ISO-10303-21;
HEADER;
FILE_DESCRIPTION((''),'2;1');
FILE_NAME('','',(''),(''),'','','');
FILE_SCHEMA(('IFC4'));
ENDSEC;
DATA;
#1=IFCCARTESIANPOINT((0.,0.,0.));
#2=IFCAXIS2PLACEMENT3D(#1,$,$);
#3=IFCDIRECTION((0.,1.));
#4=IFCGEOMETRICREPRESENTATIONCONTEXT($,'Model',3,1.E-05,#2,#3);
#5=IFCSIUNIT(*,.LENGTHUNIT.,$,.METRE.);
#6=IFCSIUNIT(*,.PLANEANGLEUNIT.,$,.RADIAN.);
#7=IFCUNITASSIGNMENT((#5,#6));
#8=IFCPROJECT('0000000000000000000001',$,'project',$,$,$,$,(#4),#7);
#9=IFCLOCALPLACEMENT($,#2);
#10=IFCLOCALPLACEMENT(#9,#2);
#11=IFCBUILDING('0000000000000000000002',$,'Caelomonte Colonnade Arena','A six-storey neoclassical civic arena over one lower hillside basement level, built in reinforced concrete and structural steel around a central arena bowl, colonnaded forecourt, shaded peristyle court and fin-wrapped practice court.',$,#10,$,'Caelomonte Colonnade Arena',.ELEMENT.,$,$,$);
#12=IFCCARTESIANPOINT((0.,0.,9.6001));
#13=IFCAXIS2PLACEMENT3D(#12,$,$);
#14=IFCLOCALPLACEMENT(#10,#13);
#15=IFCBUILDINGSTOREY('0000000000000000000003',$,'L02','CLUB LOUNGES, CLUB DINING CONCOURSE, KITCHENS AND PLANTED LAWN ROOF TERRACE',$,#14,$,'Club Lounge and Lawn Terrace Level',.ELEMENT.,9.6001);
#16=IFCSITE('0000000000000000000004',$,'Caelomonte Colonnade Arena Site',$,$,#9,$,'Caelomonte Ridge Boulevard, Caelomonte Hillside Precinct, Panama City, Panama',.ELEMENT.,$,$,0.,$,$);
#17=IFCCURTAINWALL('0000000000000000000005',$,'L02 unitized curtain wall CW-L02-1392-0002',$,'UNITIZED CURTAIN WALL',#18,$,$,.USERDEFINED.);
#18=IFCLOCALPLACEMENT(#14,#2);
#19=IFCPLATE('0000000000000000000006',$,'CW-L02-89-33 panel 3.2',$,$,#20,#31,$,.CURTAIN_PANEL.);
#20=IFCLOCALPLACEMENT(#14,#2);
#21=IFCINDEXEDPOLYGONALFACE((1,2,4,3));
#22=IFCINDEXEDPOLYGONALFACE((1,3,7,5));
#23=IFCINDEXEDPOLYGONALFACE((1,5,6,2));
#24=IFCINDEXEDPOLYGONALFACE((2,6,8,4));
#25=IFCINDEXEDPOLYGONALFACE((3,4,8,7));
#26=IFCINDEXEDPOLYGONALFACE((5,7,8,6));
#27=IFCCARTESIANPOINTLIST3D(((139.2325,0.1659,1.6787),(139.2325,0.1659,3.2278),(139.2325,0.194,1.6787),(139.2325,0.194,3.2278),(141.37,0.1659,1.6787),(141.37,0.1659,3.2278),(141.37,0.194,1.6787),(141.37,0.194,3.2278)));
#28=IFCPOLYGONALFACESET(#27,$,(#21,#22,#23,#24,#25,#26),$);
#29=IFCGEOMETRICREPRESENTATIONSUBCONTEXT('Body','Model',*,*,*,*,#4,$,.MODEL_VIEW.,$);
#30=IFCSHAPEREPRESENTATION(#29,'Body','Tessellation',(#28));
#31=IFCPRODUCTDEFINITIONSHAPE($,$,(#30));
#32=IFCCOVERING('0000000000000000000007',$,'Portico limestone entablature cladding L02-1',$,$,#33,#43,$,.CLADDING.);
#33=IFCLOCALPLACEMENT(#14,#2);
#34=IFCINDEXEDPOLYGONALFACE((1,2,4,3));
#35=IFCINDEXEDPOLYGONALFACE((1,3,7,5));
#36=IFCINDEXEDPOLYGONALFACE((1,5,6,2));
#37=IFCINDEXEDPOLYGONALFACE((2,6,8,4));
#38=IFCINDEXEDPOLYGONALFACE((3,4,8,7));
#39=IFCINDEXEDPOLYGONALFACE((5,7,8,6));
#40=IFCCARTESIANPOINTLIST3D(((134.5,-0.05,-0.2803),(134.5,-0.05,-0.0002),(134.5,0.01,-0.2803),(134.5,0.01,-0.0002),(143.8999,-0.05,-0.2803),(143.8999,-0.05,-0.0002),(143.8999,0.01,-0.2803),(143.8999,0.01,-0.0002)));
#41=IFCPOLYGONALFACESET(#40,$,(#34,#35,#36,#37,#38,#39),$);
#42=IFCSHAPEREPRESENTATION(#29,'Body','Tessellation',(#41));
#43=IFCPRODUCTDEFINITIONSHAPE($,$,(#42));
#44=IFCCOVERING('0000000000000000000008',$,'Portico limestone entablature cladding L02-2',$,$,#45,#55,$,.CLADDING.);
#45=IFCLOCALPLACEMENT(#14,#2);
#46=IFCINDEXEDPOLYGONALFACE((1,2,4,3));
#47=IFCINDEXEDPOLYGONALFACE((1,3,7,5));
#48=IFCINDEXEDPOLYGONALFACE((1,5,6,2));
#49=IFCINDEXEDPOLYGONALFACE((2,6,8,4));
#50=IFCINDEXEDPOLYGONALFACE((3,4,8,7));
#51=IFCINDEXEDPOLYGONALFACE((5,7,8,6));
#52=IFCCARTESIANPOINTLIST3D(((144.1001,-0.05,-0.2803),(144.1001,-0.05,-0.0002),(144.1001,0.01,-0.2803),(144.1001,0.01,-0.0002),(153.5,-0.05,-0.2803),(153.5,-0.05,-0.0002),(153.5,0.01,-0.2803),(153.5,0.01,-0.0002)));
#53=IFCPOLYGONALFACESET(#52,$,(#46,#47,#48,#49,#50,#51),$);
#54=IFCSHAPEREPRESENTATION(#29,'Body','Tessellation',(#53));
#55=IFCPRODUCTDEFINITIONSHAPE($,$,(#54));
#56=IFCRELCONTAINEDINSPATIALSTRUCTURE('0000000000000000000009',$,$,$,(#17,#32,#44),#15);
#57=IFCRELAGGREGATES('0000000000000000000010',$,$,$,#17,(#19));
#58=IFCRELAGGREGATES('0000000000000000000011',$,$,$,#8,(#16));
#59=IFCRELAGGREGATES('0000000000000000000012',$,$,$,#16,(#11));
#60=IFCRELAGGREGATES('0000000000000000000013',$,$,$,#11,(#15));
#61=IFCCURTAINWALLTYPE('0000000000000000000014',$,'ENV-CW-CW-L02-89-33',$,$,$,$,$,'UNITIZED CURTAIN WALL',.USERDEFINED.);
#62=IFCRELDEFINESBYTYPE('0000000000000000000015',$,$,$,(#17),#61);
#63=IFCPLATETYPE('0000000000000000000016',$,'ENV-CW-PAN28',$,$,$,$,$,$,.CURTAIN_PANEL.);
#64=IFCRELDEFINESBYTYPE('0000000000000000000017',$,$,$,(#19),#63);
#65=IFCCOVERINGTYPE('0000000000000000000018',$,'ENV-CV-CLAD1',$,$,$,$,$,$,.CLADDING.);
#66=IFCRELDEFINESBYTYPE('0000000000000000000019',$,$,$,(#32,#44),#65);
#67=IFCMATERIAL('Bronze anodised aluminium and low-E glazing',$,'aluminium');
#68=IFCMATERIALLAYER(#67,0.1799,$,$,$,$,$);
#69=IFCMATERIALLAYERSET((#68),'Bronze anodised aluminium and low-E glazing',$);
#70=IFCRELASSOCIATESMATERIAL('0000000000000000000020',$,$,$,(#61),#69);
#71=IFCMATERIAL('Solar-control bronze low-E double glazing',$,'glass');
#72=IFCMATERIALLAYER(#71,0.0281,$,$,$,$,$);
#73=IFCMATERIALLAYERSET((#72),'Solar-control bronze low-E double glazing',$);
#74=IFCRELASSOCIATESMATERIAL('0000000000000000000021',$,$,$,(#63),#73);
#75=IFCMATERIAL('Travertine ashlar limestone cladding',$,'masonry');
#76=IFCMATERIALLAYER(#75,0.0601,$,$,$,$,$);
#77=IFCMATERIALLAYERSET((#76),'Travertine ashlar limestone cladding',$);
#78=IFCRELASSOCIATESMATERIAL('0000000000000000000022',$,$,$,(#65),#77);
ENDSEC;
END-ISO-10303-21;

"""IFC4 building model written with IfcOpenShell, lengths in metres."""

from ifc_helpers import new_model, si_unit, direction, frame, origin, origin_2d, place, context, subcontext, project, spatial, rectangle, extrude, material, layer, layer_set, type_object, element, aggregate, save


model = new_model("IFC4")

# Units and contexts
model_context = context("Model", 3, precision=1e-05, world=origin(), true_north=direction((0.0, 1.0)))
body_context = subcontext(model_context, "Body", "Model", "MODEL_VIEW")
ifc_project = project(units=[si_unit("LENGTHUNIT", "METRE"), si_unit("PLANEANGLEUNIT", "RADIAN")], contexts=[model_context])

# Site, building, storey
site_placement = place(None, origin())
site = spatial("IfcSite", under=ifc_project, at=site_placement, Name="Caelomonte Colonnade Arena Site", LongName="Caelomonte Ridge Boulevard, Caelomonte Hillside Precinct, Panama City, Panama", CompositionType="ELEMENT", RefElevation=0.0)
building_placement = place(site_placement, origin())
building = spatial("IfcBuilding", under=site, at=building_placement, Name="Caelomonte Colonnade Arena", Description="A six-storey neoclassical civic arena over one lower hillside basement level, built in reinforced concrete and structural steel around a central arena bowl, colonnaded forecourt, shaded peristyle court and fin-wrapped practice court.", LongName="Caelomonte Colonnade Arena", CompositionType="ELEMENT")
storey_placement = place(building_placement, frame((0.0, 0.0, 9.6001)))
storey = spatial("IfcBuildingStorey", under=building, at=storey_placement, Name="L02", Description="CLUB LOUNGES, CLUB DINING CONCOURSE, KITCHENS AND PLANTED LAWN ROOF TERRACE", LongName="Club Lounge and Lawn Terrace Level", CompositionType="ELEMENT", Elevation=9.6001)

# Curtain wall
ifc_material_1 = material(Name="Bronze anodised aluminium and low-E glazing", Category="aluminium")
ifc_layer_1 = layer(ifc_material_1, 0.1799)
ifc_layer_set_1 = layer_set([ifc_layer_1], Name="Bronze anodised aluminium and low-E glazing")
curtain_wall_type = type_object("IfcCurtainWallType", Name="ENV-CW-CW-L02-89-33", ElementType="UNITIZED CURTAIN WALL", PredefinedType="USERDEFINED", material=ifc_layer_set_1)
curtain_wall_placement = place(storey_placement, origin())
curtain_wall = element("IfcCurtainWall", 1, at=curtain_wall_placement, inside=storey, type_object=curtain_wall_type, Name="L02 unitized curtain wall CW-L02-1392-0002", ObjectType="UNITIZED CURTAIN WALL", PredefinedType="USERDEFINED")

# Plate
ifc_material_2 = material(Name="Solar-control bronze low-E double glazing", Category="glass")
ifc_layer_2 = layer(ifc_material_2, 0.0281)
ifc_layer_set_2 = layer_set([ifc_layer_2], Name="Solar-control bronze low-E double glazing")
plate_type = type_object("IfcPlateType", Name="ENV-CW-PAN28", PredefinedType="CURTAIN_PANEL", material=ifc_layer_set_2)
plate_1_placement = place(storey_placement, frame((140.3013, 0.1799, 1.6787), z_axis=(0.0, 0.0, 1.0), x_axis=(1.0, 0.0, 0.0)))
plate_1 = element("IfcPlate", 2, at=plate_1_placement, type_object=plate_type, Name="CW-L02-89-33 panel 3.2", PredefinedType="CURTAIN_PANEL", context=body_context, shape_type="SweptSolid", body=[
    extrude(rectangle(XDim=2.1375, YDim=0.0281, at=origin_2d()), origin(), (0.0, 0.0, 1.0), 1.5491),
])
aggregate(curtain_wall, [plate_1])

# Coverings
ifc_material_3 = material(Name="Travertine ashlar limestone cladding", Category="masonry")
ifc_layer_3 = layer(ifc_material_3, 0.0601)
ifc_layer_set_3 = layer_set([ifc_layer_3], Name="Travertine ashlar limestone cladding")
covering_type = type_object("IfcCoveringType", Name="ENV-CV-CLAD1", PredefinedType="CLADDING", material=ifc_layer_set_3)
for number, where, z_axis, x_axis, name in (
    (3, (139.2, -0.02, -0.2803), (0.0, 0.0, 1.0), (1.0, 0.0, 0.0), "Portico limestone entablature cladding L02-1"),
    (4, (148.8, -0.02, -0.2803), (0.0, 0.0, 1.0), (1.0, 0.0, 0.0), "Portico limestone entablature cladding L02-2"),
):
    element("IfcCovering", number, at=place(storey_placement, frame(where, z_axis=z_axis, x_axis=x_axis)), inside=storey, type_object=covering_type, Name=name, PredefinedType="CLADDING", context=body_context, shape_type="SweptSolid", body=[
        extrude(rectangle(XDim=9.3999, YDim=0.0601, at=origin_2d()), origin(), (0.0, 0.0, 1.0), 0.28),
    ])

save(model, "model.ifc")
